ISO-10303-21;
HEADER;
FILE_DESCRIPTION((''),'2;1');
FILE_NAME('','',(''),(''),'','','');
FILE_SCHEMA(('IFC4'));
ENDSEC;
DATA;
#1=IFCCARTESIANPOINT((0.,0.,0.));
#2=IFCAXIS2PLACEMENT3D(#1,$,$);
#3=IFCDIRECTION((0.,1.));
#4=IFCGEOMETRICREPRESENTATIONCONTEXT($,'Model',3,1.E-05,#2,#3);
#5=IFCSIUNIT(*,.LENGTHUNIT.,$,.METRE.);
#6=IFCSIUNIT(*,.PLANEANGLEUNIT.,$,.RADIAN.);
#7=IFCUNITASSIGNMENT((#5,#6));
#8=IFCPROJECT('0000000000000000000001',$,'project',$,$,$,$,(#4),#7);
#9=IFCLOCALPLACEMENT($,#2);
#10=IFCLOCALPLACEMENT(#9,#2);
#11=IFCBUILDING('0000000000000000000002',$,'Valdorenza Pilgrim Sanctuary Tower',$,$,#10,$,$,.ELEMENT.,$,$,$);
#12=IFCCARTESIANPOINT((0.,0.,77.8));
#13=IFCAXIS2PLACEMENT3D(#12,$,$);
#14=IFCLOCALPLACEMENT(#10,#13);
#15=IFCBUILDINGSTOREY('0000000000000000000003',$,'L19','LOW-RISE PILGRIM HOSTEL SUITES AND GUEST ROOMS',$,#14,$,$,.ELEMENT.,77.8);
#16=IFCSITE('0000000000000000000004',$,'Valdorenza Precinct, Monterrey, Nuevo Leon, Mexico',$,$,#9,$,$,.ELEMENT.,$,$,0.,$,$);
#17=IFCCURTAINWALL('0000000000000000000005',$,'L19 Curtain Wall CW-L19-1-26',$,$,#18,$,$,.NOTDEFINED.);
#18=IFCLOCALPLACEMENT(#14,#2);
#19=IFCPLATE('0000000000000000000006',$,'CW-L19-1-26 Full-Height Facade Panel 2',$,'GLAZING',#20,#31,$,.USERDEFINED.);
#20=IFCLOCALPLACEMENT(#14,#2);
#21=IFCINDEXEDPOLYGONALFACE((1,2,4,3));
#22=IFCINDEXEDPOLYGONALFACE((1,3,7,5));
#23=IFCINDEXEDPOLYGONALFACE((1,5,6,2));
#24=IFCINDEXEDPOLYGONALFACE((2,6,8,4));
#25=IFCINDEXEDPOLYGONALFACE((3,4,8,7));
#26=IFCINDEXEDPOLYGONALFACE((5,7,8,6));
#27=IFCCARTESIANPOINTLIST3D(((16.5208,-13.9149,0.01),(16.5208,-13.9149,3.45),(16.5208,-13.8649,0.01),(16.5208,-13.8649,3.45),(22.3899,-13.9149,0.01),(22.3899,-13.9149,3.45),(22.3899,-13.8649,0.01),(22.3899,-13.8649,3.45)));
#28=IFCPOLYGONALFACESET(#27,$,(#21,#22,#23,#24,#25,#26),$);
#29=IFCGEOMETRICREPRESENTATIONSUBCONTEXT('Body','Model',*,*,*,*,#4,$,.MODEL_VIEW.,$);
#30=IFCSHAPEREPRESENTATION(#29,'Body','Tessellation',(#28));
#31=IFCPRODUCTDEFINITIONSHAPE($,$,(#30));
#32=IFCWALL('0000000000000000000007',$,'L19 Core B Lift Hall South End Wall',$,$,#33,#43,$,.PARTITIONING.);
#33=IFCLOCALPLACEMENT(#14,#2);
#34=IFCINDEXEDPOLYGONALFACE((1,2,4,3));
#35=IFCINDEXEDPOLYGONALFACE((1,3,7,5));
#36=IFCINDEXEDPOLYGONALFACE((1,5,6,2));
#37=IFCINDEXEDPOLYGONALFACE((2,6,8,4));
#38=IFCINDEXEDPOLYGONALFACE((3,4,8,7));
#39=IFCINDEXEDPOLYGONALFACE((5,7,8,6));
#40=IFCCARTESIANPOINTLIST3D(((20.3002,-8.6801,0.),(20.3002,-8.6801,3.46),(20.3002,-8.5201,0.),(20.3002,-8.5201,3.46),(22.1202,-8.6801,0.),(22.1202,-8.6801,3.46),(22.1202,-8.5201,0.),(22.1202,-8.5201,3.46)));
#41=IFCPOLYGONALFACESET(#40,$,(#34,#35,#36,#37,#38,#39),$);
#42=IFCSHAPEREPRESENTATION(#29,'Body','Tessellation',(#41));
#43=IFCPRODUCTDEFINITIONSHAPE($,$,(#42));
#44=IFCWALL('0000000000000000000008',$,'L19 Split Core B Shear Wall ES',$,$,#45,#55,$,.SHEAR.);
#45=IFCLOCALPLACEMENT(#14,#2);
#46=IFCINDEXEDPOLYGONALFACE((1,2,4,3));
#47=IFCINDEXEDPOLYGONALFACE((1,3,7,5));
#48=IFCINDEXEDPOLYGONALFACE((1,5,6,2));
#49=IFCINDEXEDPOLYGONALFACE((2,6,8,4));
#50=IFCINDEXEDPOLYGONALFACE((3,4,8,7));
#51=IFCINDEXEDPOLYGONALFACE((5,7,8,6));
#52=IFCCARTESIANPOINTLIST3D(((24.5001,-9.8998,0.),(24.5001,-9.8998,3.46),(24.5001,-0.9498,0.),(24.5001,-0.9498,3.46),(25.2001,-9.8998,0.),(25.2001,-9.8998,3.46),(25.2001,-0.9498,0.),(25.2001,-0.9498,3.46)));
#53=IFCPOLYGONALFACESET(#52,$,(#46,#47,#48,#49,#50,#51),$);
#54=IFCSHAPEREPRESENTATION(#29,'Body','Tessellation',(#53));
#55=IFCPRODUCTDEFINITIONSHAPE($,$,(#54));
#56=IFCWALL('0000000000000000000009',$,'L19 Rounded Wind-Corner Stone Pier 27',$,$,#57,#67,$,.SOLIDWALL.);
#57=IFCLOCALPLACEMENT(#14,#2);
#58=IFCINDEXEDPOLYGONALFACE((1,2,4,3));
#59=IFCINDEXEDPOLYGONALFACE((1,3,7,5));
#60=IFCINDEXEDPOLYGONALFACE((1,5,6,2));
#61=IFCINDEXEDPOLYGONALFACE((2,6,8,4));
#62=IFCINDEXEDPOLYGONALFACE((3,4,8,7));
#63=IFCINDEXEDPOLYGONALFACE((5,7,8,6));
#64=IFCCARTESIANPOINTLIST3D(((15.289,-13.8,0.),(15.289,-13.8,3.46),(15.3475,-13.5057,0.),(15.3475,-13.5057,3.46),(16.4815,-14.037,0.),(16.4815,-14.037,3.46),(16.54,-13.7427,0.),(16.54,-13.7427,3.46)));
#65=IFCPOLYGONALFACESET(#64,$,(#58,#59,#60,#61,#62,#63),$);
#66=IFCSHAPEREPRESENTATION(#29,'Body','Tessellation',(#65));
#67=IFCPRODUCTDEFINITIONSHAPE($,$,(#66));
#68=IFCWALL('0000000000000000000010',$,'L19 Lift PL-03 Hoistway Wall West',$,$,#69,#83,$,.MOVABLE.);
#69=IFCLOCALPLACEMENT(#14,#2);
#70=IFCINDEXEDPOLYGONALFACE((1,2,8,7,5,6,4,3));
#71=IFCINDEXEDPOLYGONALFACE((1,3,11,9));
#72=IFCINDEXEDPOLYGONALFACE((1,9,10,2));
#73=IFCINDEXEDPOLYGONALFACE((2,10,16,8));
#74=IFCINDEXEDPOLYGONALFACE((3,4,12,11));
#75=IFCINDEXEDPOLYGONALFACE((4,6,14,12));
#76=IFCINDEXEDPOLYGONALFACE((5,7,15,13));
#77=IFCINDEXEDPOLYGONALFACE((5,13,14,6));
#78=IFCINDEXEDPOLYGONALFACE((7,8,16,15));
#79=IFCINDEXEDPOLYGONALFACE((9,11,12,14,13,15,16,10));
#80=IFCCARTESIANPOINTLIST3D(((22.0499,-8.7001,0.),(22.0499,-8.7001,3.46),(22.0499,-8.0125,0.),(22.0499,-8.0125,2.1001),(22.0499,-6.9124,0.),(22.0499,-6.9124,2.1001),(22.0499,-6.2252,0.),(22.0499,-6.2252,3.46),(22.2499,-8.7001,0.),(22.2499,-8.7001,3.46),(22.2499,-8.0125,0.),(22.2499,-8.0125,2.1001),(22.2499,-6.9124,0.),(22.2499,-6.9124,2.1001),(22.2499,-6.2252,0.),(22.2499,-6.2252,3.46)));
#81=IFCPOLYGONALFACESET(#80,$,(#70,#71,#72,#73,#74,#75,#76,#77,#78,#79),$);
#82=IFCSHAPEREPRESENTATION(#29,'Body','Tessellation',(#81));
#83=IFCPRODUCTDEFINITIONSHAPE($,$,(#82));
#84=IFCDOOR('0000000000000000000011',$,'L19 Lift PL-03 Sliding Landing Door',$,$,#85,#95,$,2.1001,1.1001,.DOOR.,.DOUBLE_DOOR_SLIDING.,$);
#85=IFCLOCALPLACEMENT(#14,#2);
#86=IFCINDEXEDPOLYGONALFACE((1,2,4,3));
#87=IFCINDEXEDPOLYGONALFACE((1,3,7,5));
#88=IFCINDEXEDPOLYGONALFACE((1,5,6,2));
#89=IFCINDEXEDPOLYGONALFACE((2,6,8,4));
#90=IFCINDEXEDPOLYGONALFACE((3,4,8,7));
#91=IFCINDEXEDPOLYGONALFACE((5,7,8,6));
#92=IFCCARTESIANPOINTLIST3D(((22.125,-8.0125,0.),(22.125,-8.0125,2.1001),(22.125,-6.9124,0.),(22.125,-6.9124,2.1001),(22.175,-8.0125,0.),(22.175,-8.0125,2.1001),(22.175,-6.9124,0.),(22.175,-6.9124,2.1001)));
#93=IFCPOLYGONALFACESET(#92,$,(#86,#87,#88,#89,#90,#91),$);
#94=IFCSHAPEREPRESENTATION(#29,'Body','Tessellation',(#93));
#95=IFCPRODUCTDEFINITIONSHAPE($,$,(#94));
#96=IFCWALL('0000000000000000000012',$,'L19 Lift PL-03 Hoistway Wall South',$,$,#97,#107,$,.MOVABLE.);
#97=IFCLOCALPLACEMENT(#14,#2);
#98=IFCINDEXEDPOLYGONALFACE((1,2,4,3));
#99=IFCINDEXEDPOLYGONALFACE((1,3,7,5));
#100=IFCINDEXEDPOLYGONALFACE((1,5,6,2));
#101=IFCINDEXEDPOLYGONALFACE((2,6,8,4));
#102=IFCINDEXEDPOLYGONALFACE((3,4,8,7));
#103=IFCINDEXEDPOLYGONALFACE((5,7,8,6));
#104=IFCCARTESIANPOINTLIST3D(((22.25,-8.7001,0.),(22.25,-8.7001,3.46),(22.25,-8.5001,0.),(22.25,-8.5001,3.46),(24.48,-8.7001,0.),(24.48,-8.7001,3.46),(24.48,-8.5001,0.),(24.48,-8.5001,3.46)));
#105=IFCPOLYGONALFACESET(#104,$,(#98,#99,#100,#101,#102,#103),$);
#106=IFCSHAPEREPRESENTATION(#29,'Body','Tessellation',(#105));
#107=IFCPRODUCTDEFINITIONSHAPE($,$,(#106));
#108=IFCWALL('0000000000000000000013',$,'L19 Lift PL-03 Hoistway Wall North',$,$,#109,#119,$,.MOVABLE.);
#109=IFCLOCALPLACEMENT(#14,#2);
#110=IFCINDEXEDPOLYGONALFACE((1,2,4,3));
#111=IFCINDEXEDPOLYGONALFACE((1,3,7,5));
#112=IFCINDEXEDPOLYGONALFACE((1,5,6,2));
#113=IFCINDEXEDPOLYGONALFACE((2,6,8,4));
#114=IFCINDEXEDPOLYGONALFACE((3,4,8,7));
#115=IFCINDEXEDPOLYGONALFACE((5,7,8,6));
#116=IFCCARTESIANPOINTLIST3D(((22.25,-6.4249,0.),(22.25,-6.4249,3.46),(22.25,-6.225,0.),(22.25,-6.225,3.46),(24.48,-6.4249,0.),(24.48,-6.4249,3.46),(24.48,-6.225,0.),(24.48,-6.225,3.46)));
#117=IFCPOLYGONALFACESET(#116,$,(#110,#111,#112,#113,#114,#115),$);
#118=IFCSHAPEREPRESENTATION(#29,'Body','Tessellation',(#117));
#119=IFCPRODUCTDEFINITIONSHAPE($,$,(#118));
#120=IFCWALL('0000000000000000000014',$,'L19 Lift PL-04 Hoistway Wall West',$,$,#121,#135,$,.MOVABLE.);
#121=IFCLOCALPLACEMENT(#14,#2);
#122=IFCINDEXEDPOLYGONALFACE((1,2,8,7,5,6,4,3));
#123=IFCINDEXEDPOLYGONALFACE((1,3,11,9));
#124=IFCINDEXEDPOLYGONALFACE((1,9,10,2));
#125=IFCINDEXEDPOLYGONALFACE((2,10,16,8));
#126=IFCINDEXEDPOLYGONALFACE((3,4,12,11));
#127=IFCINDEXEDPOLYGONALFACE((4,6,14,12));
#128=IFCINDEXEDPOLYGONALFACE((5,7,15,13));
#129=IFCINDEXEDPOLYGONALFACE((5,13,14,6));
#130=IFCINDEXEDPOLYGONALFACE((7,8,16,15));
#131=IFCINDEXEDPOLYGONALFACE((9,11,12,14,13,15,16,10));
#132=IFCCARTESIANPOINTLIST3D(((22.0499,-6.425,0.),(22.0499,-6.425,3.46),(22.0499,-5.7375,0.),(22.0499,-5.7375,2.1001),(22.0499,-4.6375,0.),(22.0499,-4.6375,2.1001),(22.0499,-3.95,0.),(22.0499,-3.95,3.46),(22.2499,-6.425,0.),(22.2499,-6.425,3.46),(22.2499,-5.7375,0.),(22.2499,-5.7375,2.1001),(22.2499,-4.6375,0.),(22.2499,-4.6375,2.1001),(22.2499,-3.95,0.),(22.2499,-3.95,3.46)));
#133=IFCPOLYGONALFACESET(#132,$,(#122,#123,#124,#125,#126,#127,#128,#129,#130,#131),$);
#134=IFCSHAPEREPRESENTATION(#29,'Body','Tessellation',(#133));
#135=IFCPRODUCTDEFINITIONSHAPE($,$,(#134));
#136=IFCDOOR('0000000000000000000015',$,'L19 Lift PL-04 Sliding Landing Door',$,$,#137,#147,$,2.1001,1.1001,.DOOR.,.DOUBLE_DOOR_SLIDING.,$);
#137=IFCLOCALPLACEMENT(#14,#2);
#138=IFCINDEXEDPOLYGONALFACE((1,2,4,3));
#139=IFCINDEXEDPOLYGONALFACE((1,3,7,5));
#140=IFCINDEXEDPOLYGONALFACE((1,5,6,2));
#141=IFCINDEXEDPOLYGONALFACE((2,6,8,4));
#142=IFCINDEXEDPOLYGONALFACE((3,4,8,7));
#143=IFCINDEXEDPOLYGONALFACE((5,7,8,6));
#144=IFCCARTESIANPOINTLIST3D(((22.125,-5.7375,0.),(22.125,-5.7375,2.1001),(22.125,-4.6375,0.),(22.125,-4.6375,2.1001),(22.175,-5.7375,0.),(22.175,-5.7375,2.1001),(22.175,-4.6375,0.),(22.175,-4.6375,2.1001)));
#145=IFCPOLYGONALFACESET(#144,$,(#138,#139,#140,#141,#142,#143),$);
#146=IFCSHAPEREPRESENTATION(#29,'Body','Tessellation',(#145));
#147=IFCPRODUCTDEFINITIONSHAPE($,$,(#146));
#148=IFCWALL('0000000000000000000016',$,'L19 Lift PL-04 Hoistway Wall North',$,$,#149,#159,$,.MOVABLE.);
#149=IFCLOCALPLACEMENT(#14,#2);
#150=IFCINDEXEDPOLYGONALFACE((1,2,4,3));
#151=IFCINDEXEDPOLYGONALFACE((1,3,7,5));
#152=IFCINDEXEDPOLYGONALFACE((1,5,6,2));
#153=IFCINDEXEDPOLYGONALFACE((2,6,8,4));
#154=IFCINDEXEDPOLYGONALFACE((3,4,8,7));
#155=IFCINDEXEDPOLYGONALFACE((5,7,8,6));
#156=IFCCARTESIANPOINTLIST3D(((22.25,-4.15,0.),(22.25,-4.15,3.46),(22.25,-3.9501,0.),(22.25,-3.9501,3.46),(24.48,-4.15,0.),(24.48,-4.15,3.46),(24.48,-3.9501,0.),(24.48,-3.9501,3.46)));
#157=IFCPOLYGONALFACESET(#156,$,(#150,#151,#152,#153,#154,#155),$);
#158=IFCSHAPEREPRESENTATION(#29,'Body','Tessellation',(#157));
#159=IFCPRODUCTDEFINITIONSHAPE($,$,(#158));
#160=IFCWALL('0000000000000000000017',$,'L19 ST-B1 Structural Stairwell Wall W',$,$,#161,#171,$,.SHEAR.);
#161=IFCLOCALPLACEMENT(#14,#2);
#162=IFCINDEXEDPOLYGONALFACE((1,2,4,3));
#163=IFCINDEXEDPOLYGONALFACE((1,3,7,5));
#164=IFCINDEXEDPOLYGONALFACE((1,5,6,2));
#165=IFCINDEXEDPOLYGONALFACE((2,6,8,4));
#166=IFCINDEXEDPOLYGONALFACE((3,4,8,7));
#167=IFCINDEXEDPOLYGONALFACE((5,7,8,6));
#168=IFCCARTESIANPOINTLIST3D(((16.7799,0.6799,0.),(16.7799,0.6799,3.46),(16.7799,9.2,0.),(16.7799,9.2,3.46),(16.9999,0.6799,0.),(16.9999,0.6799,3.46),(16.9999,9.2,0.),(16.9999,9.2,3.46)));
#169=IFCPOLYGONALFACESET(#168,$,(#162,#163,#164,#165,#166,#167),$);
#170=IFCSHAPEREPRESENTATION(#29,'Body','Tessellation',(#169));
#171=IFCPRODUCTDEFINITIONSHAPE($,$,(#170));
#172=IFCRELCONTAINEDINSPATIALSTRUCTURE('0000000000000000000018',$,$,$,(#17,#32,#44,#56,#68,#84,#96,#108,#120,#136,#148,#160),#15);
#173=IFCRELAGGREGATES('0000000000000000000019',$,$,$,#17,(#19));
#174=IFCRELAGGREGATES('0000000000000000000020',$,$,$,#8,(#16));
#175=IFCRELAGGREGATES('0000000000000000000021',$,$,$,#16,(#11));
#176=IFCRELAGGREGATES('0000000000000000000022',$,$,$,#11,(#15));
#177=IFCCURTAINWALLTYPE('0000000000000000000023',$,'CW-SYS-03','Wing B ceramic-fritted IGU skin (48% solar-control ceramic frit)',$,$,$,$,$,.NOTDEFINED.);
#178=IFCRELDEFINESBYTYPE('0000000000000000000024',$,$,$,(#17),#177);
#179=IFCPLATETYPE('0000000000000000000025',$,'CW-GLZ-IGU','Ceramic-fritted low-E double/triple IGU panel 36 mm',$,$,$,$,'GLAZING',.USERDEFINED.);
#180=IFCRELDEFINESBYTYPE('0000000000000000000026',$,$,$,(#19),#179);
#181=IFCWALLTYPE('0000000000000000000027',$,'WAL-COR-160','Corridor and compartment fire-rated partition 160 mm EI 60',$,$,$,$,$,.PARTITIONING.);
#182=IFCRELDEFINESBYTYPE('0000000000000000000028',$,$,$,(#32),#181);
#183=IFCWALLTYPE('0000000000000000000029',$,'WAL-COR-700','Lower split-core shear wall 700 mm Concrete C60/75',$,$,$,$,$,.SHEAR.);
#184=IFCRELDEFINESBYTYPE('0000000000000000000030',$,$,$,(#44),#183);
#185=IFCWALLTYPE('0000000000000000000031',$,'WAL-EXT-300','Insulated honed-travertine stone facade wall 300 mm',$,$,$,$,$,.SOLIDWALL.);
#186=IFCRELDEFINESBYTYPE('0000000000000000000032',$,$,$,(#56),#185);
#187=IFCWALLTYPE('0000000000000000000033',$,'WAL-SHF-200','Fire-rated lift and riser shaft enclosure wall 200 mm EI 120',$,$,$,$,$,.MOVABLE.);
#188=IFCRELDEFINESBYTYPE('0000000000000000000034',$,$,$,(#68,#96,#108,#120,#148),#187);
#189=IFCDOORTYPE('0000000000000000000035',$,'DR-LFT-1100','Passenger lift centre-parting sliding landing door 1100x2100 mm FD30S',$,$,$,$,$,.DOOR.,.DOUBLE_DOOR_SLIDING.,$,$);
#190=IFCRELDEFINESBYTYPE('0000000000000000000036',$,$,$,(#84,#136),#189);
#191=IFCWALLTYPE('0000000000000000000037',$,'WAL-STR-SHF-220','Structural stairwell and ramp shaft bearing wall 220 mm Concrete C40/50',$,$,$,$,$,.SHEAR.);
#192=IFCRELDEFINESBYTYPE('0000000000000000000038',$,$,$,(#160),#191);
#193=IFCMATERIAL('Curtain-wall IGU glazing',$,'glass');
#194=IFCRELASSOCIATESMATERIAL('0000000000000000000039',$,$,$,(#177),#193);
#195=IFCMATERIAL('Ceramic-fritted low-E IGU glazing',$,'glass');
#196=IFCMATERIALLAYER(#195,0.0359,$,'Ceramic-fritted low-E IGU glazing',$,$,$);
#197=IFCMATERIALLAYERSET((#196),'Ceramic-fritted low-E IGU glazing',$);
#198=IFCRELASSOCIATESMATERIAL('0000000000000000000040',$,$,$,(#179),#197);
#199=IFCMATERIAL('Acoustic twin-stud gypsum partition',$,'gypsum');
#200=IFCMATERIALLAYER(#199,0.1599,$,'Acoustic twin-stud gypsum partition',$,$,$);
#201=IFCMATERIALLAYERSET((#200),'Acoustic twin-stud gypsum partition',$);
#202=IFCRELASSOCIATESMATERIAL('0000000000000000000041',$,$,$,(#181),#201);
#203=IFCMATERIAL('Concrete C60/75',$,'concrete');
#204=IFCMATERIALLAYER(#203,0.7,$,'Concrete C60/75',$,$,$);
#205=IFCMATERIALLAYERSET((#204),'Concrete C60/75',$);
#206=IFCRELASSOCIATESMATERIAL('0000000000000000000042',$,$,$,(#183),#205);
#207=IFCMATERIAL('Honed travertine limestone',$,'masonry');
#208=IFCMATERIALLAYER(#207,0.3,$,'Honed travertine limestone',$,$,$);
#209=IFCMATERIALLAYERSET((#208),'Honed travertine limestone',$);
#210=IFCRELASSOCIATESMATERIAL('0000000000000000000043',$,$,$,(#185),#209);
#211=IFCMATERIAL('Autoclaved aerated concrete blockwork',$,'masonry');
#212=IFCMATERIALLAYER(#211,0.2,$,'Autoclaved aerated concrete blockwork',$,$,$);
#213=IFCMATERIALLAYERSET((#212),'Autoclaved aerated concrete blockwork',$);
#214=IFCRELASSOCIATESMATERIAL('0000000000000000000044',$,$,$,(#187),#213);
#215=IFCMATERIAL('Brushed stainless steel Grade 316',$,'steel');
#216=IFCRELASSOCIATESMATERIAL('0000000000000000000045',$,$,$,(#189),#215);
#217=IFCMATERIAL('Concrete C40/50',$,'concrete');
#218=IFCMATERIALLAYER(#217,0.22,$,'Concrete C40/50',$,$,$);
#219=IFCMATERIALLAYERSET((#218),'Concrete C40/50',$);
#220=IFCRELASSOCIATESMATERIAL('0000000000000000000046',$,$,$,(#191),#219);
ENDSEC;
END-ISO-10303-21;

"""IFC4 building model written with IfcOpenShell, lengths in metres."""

from ifc_helpers import new_model, si_unit, direction, frame, frame_2d, origin, origin_2d, place, context, subcontext, project, spatial, rectangle, extrude, source, transform, mapped, material, layer, layer_set, type_object, element, fill, aggregate, save


model = new_model("IFC4")

# Units and contexts
model_context = context("Model", 3, precision=1e-05, world=origin(), true_north=direction((0.0, 1.0)))
body_context = subcontext(model_context, "Body", "Model", "MODEL_VIEW")
ifc_project = project(units=[si_unit("LENGTHUNIT", "METRE"), si_unit("PLANEANGLEUNIT", "RADIAN")], contexts=[model_context])

# Site, building, storey
site_placement = place(None, origin())
site = spatial("IfcSite", under=ifc_project, at=site_placement, Name="Valdorenza Precinct, Monterrey, Nuevo Leon, Mexico", CompositionType="ELEMENT", RefElevation=0.0)
building_placement = place(site_placement, origin())
building = spatial("IfcBuilding", under=site, at=building_placement, Name="Valdorenza Pilgrim Sanctuary Tower", CompositionType="ELEMENT")
storey_placement = place(building_placement, frame((0.0, 0.0, 77.8)))
storey = spatial("IfcBuildingStorey", under=building, at=storey_placement, Name="L19", Description="LOW-RISE PILGRIM HOSTEL SUITES AND GUEST ROOMS", CompositionType="ELEMENT", Elevation=77.8)

# Shared definitions
ifc_material_1 = material(Name="Concrete C60/75", Category="concrete")

# Curtain wall, plate
ifc_material_2 = material(Name="Curtain-wall IGU glazing", Category="glass")
curtain_wall_type = type_object("IfcCurtainWallType", Name="CW-SYS-03", Description="Wing B ceramic-fritted IGU skin (48% solar-control ceramic frit)", PredefinedType="NOTDEFINED", material=ifc_material_2)
curtain_wall_placement = place(storey_placement, origin())
curtain_wall = element("IfcCurtainWall", 1, at=curtain_wall_placement, inside=storey, type_object=curtain_wall_type, Name="L19 Curtain Wall CW-L19-1-26", PredefinedType="NOTDEFINED")
ifc_material_3 = material(Name="Ceramic-fritted low-E IGU glazing", Category="glass")
ifc_layer_1 = layer(ifc_material_3, 0.0359, Name="Ceramic-fritted low-E IGU glazing")
ifc_layer_set_1 = layer_set([ifc_layer_1], Name="Ceramic-fritted low-E IGU glazing")
plate_type = type_object("IfcPlateType", Name="CW-GLZ-IGU", Description="Ceramic-fritted low-E double/triple IGU panel 36 mm", ElementType="GLAZING", PredefinedType="USERDEFINED", material=ifc_layer_set_1)
shared_shape_1 = source(origin(), body_context, "Body", "SweptSolid", [
    extrude(rectangle(XDim=5.8691, YDim=0.05, at=origin_2d()), origin(), (0.0, 0.0, 1.0), 3.4399),
])
plate_placement = place(storey_placement, frame((19.4553, -13.8899, 0.01), z_axis=(0.0, 0.0, 1.0), x_axis=(-1.0, 0.0, 0.0)))
plate = element("IfcPlate", 2, at=plate_placement, type_object=plate_type, Name="CW-L19-1-26 Full-Height Facade Panel 2", ObjectType="GLAZING", PredefinedType="USERDEFINED", context=body_context, shape_type="MappedRepresentation", body=[
    mapped(shared_shape_1, transform((0.0, 0.0, 0.0), x_axis=(1.0, 0.0, 0.0), y_axis=(0.0, 1.0, 0.0), z_axis=(0.0, 0.0, 1.0), scale=1.0)),
])
aggregate(curtain_wall, [plate])

# Walls
ifc_material_4 = material(Name="Acoustic twin-stud gypsum partition", Category="gypsum")
ifc_layer_2 = layer(ifc_material_4, 0.1599, Name="Acoustic twin-stud gypsum partition")
ifc_layer_set_2 = layer_set([ifc_layer_2], Name="Acoustic twin-stud gypsum partition")
wall_type_1 = type_object("IfcWallType", Name="WAL-COR-160", Description="Corridor and compartment fire-rated partition 160 mm EI 60", PredefinedType="PARTITIONING", material=ifc_layer_set_2)
wall_1_placement = place(storey_placement, frame((20.3, -8.6001, 0.0), z_axis=(0.0, 0.0, 1.0), x_axis=(1.0, 0.0, 0.0)))
element("IfcWall", 3, at=wall_1_placement, inside=storey, type_object=wall_type_1, Name="L19 Core B Lift Hall South End Wall", PredefinedType="PARTITIONING", context=body_context, shape_type="SweptSolid", body=[
    extrude(rectangle(XDim=1.8201, YDim=0.1599, at=frame_2d((0.9102, 0.0))), origin(), (0.0, 0.0, 1.0), 3.46),
])
ifc_layer_3 = layer(ifc_material_1, 0.7, Name="Concrete C60/75")
ifc_layer_set_3 = layer_set([ifc_layer_3], Name="Concrete C60/75")
wall_type_2 = type_object("IfcWallType", Name="WAL-COR-700", Description="Lower split-core shear wall 700 mm Concrete C60/75", PredefinedType="SHEAR", material=ifc_layer_set_3)
wall_2_placement = place(storey_placement, frame((24.8501, -9.8999, 0.0), z_axis=(0.0, 0.0, 1.0), x_axis=(0.0, 1.0, 0.0)))
element("IfcWall", 4, at=wall_2_placement, inside=storey, type_object=wall_type_2, Name="L19 Split Core B Shear Wall ES", PredefinedType="SHEAR", context=body_context, shape_type="SweptSolid", body=[
    extrude(rectangle(XDim=8.95, YDim=0.7, at=frame_2d((4.4751, 0.0))), origin(), (0.0, 0.0, 1.0), 3.46),
])
ifc_material_5 = material(Name="Honed travertine limestone", Category="masonry")
ifc_layer_4 = layer(ifc_material_5, 0.3, Name="Honed travertine limestone")
ifc_layer_set_4 = layer_set([ifc_layer_4], Name="Honed travertine limestone")
wall_type_3 = type_object("IfcWallType", Name="WAL-EXT-300", Description="Insulated honed-travertine stone facade wall 300 mm", PredefinedType="SOLIDWALL", material=ifc_layer_set_4)
wall_3_placement = place(storey_placement, frame((16.5107, -13.8899, 0.0), z_axis=(0.0, 0.0, 1.0), x_axis=(-0.980804, 0.194996, 0.0)))
element("IfcWall", 5, at=wall_3_placement, inside=storey, type_object=wall_type_3, Name="L19 Rounded Wind-Corner Stone Pier 27", PredefinedType="SOLIDWALL", context=body_context, shape_type="SweptSolid", body=[
    extrude(rectangle(XDim=1.2158, YDim=0.3, at=frame_2d((0.6079, 0.0))), origin(), (0.0, 0.0, 1.0), 3.46),
])

# Wall, opening, door
ifc_material_6 = material(Name="Autoclaved aerated concrete blockwork", Category="masonry")
ifc_layer_5 = layer(ifc_material_6, 0.2, Name="Autoclaved aerated concrete blockwork")
ifc_layer_set_5 = layer_set([ifc_layer_5], Name="Autoclaved aerated concrete blockwork")
wall_type_4 = type_object("IfcWallType", Name="WAL-SHF-200", Description="Fire-rated lift and riser shaft enclosure wall 200 mm EI 120", PredefinedType="MOVABLE", material=ifc_layer_set_5)
wall_4_placement = place(storey_placement, frame((22.1499, -8.7, 0.0), z_axis=(0.0, 0.0, 1.0), x_axis=(0.0, 1.0, 0.0)))
wall_4 = element("IfcWall", 6, at=wall_4_placement, inside=storey, type_object=wall_type_4, Name="L19 Lift PL-03 Hoistway Wall West", PredefinedType="MOVABLE", context=body_context, shape_type="SweptSolid", body=[
    extrude(rectangle(XDim=2.4749, YDim=0.2, at=frame_2d((1.2373, 0.0))), origin(), (0.0, 0.0, 1.0), 3.46),
])
opening_1_placement = place(wall_4_placement, frame((0.6875, 0.0, 0.0)))
opening_1 = element("IfcOpeningElement", 7, at=opening_1_placement, cuts=wall_4, PredefinedType="OPENING", context=body_context, shape_type="SweptSolid", body=[
    extrude(rectangle(XDim=1.1001, YDim=2.1001, at=frame_2d((0.55, 1.05))), frame((0.0, 0.1147, 0.0), z_axis=(0.0, -1.0, 0.0), x_axis=(1.0, 0.0, 0.0)), (0.0, 0.0, 1.0), 0.2297),
])
ifc_material_7 = material(Name="Brushed stainless steel Grade 316", Category="steel")
door_type_1 = type_object("IfcDoorType", Name="DR-LFT-1100", Description="Passenger lift centre-parting sliding landing door 1100x2100 mm FD30S", OperationType="DOUBLE_DOOR_SLIDING", PredefinedType="DOOR", material=ifc_material_7)
door_1_placement = place(opening_1_placement, origin())
door_1 = element("IfcDoor", 8, at=door_1_placement, inside=storey, type_object=door_type_1, Name="L19 Lift PL-03 Sliding Landing Door", OperationType="DOUBLE_DOOR_SLIDING", OverallHeight=2.1001, OverallWidth=1.1001, PredefinedType="DOOR", context=body_context, shape_type="SweptSolid", body=[
    extrude(rectangle(XDim=1.1001, YDim=2.1001, at=frame_2d((0.55, 1.05))), frame((0.0, 0.0249, 0.0), z_axis=(0.0, -1.0, 0.0), x_axis=(1.0, 0.0, 0.0)), (0.0, 0.0, 1.0), 0.05),
])
fill(opening_1, door_1)

# Walls
for number, where, z_axis, x_axis, name in (
    (9, (22.25, -8.6001, 0.0), (0.0, 0.0, 1.0), (1.0, 0.0, 0.0), "L19 Lift PL-03 Hoistway Wall South"),
    (10, (22.25, -6.325, 0.0), (0.0, 0.0, 1.0), (1.0, 0.0, 0.0), "L19 Lift PL-03 Hoistway Wall North"),
):
    element("IfcWall", number, at=place(storey_placement, frame(where, z_axis=z_axis, x_axis=x_axis)), inside=storey, type_object=wall_type_4, Name=name, PredefinedType="MOVABLE", context=body_context, shape_type="SweptSolid", body=[
        extrude(rectangle(XDim=2.23, YDim=0.2, at=frame_2d((1.115, 0.0))), origin(), (0.0, 0.0, 1.0), 3.46),
    ])

# Wall, opening, door
wall_5_placement = place(storey_placement, frame((22.1499, -6.425, 0.0), z_axis=(0.0, 0.0, 1.0), x_axis=(0.0, 1.0, 0.0)))
wall_5 = element("IfcWall", 11, at=wall_5_placement, inside=storey, type_object=wall_type_4, Name="L19 Lift PL-04 Hoistway Wall West", PredefinedType="MOVABLE", context=body_context, shape_type="SweptSolid", body=[
    extrude(rectangle(XDim=2.4751, YDim=0.2, at=frame_2d((1.2375, 0.0))), origin(), (0.0, 0.0, 1.0), 3.46),
])
opening_2_placement = place(wall_5_placement, frame((0.6875, 0.0, 0.0)))
opening_2 = element("IfcOpeningElement", 12, at=opening_2_placement, cuts=wall_5, PredefinedType="OPENING", context=body_context, shape_type="SweptSolid", body=[
    extrude(rectangle(XDim=1.1001, YDim=2.1001, at=frame_2d((0.55, 1.05))), frame((0.0, 0.1147, 0.0), z_axis=(0.0, -1.0, 0.0), x_axis=(1.0, 0.0, 0.0)), (0.0, 0.0, 1.0), 0.2297),
])
door_2_placement = place(opening_2_placement, origin())
door_2 = element("IfcDoor", 13, at=door_2_placement, inside=storey, type_object=door_type_1, Name="L19 Lift PL-04 Sliding Landing Door", OperationType="DOUBLE_DOOR_SLIDING", OverallHeight=2.1001, OverallWidth=1.1001, PredefinedType="DOOR", context=body_context, shape_type="SweptSolid", body=[
    extrude(rectangle(XDim=1.1001, YDim=2.1001, at=frame_2d((0.55, 1.05))), frame((0.0, 0.0249, 0.0), z_axis=(0.0, -1.0, 0.0), x_axis=(1.0, 0.0, 0.0)), (0.0, 0.0, 1.0), 0.05),
])
fill(opening_2, door_2)

# Walls
wall_6_placement = place(storey_placement, frame((22.25, -4.05, 0.0), z_axis=(0.0, 0.0, 1.0), x_axis=(1.0, 0.0, 0.0)))
element("IfcWall", 14, at=wall_6_placement, inside=storey, type_object=wall_type_4, Name="L19 Lift PL-04 Hoistway Wall North", PredefinedType="MOVABLE", context=body_context, shape_type="SweptSolid", body=[
    extrude(rectangle(XDim=2.23, YDim=0.2, at=frame_2d((1.115, 0.0))), origin(), (0.0, 0.0, 1.0), 3.46),
])
ifc_material_8 = material(Name="Concrete C40/50", Category="concrete")
ifc_layer_6 = layer(ifc_material_8, 0.22, Name="Concrete C40/50")
ifc_layer_set_6 = layer_set([ifc_layer_6], Name="Concrete C40/50")
wall_type_5 = type_object("IfcWallType", Name="WAL-STR-SHF-220", Description="Structural stairwell and ramp shaft bearing wall 220 mm Concrete C40/50", PredefinedType="SHEAR", material=ifc_layer_set_6)
for number, where, z_axis, x_axis, name in (
    (15, (16.8899, 0.6799, 0.0), (0.0, 0.0, 1.0), (0.0, 1.0, 0.0), "L19 ST-B1 Structural Stairwell Wall W"),
):
    element("IfcWall", number, at=place(storey_placement, frame(where, z_axis=z_axis, x_axis=x_axis)), inside=storey, type_object=wall_type_5, Name=name, PredefinedType="SHEAR", context=body_context, shape_type="SweptSolid", body=[
        extrude(rectangle(XDim=8.52, YDim=0.22, at=frame_2d((4.26, 0.0))), origin(), (0.0, 0.0, 1.0), 3.46),
    ])

save(model, "model.ifc")
